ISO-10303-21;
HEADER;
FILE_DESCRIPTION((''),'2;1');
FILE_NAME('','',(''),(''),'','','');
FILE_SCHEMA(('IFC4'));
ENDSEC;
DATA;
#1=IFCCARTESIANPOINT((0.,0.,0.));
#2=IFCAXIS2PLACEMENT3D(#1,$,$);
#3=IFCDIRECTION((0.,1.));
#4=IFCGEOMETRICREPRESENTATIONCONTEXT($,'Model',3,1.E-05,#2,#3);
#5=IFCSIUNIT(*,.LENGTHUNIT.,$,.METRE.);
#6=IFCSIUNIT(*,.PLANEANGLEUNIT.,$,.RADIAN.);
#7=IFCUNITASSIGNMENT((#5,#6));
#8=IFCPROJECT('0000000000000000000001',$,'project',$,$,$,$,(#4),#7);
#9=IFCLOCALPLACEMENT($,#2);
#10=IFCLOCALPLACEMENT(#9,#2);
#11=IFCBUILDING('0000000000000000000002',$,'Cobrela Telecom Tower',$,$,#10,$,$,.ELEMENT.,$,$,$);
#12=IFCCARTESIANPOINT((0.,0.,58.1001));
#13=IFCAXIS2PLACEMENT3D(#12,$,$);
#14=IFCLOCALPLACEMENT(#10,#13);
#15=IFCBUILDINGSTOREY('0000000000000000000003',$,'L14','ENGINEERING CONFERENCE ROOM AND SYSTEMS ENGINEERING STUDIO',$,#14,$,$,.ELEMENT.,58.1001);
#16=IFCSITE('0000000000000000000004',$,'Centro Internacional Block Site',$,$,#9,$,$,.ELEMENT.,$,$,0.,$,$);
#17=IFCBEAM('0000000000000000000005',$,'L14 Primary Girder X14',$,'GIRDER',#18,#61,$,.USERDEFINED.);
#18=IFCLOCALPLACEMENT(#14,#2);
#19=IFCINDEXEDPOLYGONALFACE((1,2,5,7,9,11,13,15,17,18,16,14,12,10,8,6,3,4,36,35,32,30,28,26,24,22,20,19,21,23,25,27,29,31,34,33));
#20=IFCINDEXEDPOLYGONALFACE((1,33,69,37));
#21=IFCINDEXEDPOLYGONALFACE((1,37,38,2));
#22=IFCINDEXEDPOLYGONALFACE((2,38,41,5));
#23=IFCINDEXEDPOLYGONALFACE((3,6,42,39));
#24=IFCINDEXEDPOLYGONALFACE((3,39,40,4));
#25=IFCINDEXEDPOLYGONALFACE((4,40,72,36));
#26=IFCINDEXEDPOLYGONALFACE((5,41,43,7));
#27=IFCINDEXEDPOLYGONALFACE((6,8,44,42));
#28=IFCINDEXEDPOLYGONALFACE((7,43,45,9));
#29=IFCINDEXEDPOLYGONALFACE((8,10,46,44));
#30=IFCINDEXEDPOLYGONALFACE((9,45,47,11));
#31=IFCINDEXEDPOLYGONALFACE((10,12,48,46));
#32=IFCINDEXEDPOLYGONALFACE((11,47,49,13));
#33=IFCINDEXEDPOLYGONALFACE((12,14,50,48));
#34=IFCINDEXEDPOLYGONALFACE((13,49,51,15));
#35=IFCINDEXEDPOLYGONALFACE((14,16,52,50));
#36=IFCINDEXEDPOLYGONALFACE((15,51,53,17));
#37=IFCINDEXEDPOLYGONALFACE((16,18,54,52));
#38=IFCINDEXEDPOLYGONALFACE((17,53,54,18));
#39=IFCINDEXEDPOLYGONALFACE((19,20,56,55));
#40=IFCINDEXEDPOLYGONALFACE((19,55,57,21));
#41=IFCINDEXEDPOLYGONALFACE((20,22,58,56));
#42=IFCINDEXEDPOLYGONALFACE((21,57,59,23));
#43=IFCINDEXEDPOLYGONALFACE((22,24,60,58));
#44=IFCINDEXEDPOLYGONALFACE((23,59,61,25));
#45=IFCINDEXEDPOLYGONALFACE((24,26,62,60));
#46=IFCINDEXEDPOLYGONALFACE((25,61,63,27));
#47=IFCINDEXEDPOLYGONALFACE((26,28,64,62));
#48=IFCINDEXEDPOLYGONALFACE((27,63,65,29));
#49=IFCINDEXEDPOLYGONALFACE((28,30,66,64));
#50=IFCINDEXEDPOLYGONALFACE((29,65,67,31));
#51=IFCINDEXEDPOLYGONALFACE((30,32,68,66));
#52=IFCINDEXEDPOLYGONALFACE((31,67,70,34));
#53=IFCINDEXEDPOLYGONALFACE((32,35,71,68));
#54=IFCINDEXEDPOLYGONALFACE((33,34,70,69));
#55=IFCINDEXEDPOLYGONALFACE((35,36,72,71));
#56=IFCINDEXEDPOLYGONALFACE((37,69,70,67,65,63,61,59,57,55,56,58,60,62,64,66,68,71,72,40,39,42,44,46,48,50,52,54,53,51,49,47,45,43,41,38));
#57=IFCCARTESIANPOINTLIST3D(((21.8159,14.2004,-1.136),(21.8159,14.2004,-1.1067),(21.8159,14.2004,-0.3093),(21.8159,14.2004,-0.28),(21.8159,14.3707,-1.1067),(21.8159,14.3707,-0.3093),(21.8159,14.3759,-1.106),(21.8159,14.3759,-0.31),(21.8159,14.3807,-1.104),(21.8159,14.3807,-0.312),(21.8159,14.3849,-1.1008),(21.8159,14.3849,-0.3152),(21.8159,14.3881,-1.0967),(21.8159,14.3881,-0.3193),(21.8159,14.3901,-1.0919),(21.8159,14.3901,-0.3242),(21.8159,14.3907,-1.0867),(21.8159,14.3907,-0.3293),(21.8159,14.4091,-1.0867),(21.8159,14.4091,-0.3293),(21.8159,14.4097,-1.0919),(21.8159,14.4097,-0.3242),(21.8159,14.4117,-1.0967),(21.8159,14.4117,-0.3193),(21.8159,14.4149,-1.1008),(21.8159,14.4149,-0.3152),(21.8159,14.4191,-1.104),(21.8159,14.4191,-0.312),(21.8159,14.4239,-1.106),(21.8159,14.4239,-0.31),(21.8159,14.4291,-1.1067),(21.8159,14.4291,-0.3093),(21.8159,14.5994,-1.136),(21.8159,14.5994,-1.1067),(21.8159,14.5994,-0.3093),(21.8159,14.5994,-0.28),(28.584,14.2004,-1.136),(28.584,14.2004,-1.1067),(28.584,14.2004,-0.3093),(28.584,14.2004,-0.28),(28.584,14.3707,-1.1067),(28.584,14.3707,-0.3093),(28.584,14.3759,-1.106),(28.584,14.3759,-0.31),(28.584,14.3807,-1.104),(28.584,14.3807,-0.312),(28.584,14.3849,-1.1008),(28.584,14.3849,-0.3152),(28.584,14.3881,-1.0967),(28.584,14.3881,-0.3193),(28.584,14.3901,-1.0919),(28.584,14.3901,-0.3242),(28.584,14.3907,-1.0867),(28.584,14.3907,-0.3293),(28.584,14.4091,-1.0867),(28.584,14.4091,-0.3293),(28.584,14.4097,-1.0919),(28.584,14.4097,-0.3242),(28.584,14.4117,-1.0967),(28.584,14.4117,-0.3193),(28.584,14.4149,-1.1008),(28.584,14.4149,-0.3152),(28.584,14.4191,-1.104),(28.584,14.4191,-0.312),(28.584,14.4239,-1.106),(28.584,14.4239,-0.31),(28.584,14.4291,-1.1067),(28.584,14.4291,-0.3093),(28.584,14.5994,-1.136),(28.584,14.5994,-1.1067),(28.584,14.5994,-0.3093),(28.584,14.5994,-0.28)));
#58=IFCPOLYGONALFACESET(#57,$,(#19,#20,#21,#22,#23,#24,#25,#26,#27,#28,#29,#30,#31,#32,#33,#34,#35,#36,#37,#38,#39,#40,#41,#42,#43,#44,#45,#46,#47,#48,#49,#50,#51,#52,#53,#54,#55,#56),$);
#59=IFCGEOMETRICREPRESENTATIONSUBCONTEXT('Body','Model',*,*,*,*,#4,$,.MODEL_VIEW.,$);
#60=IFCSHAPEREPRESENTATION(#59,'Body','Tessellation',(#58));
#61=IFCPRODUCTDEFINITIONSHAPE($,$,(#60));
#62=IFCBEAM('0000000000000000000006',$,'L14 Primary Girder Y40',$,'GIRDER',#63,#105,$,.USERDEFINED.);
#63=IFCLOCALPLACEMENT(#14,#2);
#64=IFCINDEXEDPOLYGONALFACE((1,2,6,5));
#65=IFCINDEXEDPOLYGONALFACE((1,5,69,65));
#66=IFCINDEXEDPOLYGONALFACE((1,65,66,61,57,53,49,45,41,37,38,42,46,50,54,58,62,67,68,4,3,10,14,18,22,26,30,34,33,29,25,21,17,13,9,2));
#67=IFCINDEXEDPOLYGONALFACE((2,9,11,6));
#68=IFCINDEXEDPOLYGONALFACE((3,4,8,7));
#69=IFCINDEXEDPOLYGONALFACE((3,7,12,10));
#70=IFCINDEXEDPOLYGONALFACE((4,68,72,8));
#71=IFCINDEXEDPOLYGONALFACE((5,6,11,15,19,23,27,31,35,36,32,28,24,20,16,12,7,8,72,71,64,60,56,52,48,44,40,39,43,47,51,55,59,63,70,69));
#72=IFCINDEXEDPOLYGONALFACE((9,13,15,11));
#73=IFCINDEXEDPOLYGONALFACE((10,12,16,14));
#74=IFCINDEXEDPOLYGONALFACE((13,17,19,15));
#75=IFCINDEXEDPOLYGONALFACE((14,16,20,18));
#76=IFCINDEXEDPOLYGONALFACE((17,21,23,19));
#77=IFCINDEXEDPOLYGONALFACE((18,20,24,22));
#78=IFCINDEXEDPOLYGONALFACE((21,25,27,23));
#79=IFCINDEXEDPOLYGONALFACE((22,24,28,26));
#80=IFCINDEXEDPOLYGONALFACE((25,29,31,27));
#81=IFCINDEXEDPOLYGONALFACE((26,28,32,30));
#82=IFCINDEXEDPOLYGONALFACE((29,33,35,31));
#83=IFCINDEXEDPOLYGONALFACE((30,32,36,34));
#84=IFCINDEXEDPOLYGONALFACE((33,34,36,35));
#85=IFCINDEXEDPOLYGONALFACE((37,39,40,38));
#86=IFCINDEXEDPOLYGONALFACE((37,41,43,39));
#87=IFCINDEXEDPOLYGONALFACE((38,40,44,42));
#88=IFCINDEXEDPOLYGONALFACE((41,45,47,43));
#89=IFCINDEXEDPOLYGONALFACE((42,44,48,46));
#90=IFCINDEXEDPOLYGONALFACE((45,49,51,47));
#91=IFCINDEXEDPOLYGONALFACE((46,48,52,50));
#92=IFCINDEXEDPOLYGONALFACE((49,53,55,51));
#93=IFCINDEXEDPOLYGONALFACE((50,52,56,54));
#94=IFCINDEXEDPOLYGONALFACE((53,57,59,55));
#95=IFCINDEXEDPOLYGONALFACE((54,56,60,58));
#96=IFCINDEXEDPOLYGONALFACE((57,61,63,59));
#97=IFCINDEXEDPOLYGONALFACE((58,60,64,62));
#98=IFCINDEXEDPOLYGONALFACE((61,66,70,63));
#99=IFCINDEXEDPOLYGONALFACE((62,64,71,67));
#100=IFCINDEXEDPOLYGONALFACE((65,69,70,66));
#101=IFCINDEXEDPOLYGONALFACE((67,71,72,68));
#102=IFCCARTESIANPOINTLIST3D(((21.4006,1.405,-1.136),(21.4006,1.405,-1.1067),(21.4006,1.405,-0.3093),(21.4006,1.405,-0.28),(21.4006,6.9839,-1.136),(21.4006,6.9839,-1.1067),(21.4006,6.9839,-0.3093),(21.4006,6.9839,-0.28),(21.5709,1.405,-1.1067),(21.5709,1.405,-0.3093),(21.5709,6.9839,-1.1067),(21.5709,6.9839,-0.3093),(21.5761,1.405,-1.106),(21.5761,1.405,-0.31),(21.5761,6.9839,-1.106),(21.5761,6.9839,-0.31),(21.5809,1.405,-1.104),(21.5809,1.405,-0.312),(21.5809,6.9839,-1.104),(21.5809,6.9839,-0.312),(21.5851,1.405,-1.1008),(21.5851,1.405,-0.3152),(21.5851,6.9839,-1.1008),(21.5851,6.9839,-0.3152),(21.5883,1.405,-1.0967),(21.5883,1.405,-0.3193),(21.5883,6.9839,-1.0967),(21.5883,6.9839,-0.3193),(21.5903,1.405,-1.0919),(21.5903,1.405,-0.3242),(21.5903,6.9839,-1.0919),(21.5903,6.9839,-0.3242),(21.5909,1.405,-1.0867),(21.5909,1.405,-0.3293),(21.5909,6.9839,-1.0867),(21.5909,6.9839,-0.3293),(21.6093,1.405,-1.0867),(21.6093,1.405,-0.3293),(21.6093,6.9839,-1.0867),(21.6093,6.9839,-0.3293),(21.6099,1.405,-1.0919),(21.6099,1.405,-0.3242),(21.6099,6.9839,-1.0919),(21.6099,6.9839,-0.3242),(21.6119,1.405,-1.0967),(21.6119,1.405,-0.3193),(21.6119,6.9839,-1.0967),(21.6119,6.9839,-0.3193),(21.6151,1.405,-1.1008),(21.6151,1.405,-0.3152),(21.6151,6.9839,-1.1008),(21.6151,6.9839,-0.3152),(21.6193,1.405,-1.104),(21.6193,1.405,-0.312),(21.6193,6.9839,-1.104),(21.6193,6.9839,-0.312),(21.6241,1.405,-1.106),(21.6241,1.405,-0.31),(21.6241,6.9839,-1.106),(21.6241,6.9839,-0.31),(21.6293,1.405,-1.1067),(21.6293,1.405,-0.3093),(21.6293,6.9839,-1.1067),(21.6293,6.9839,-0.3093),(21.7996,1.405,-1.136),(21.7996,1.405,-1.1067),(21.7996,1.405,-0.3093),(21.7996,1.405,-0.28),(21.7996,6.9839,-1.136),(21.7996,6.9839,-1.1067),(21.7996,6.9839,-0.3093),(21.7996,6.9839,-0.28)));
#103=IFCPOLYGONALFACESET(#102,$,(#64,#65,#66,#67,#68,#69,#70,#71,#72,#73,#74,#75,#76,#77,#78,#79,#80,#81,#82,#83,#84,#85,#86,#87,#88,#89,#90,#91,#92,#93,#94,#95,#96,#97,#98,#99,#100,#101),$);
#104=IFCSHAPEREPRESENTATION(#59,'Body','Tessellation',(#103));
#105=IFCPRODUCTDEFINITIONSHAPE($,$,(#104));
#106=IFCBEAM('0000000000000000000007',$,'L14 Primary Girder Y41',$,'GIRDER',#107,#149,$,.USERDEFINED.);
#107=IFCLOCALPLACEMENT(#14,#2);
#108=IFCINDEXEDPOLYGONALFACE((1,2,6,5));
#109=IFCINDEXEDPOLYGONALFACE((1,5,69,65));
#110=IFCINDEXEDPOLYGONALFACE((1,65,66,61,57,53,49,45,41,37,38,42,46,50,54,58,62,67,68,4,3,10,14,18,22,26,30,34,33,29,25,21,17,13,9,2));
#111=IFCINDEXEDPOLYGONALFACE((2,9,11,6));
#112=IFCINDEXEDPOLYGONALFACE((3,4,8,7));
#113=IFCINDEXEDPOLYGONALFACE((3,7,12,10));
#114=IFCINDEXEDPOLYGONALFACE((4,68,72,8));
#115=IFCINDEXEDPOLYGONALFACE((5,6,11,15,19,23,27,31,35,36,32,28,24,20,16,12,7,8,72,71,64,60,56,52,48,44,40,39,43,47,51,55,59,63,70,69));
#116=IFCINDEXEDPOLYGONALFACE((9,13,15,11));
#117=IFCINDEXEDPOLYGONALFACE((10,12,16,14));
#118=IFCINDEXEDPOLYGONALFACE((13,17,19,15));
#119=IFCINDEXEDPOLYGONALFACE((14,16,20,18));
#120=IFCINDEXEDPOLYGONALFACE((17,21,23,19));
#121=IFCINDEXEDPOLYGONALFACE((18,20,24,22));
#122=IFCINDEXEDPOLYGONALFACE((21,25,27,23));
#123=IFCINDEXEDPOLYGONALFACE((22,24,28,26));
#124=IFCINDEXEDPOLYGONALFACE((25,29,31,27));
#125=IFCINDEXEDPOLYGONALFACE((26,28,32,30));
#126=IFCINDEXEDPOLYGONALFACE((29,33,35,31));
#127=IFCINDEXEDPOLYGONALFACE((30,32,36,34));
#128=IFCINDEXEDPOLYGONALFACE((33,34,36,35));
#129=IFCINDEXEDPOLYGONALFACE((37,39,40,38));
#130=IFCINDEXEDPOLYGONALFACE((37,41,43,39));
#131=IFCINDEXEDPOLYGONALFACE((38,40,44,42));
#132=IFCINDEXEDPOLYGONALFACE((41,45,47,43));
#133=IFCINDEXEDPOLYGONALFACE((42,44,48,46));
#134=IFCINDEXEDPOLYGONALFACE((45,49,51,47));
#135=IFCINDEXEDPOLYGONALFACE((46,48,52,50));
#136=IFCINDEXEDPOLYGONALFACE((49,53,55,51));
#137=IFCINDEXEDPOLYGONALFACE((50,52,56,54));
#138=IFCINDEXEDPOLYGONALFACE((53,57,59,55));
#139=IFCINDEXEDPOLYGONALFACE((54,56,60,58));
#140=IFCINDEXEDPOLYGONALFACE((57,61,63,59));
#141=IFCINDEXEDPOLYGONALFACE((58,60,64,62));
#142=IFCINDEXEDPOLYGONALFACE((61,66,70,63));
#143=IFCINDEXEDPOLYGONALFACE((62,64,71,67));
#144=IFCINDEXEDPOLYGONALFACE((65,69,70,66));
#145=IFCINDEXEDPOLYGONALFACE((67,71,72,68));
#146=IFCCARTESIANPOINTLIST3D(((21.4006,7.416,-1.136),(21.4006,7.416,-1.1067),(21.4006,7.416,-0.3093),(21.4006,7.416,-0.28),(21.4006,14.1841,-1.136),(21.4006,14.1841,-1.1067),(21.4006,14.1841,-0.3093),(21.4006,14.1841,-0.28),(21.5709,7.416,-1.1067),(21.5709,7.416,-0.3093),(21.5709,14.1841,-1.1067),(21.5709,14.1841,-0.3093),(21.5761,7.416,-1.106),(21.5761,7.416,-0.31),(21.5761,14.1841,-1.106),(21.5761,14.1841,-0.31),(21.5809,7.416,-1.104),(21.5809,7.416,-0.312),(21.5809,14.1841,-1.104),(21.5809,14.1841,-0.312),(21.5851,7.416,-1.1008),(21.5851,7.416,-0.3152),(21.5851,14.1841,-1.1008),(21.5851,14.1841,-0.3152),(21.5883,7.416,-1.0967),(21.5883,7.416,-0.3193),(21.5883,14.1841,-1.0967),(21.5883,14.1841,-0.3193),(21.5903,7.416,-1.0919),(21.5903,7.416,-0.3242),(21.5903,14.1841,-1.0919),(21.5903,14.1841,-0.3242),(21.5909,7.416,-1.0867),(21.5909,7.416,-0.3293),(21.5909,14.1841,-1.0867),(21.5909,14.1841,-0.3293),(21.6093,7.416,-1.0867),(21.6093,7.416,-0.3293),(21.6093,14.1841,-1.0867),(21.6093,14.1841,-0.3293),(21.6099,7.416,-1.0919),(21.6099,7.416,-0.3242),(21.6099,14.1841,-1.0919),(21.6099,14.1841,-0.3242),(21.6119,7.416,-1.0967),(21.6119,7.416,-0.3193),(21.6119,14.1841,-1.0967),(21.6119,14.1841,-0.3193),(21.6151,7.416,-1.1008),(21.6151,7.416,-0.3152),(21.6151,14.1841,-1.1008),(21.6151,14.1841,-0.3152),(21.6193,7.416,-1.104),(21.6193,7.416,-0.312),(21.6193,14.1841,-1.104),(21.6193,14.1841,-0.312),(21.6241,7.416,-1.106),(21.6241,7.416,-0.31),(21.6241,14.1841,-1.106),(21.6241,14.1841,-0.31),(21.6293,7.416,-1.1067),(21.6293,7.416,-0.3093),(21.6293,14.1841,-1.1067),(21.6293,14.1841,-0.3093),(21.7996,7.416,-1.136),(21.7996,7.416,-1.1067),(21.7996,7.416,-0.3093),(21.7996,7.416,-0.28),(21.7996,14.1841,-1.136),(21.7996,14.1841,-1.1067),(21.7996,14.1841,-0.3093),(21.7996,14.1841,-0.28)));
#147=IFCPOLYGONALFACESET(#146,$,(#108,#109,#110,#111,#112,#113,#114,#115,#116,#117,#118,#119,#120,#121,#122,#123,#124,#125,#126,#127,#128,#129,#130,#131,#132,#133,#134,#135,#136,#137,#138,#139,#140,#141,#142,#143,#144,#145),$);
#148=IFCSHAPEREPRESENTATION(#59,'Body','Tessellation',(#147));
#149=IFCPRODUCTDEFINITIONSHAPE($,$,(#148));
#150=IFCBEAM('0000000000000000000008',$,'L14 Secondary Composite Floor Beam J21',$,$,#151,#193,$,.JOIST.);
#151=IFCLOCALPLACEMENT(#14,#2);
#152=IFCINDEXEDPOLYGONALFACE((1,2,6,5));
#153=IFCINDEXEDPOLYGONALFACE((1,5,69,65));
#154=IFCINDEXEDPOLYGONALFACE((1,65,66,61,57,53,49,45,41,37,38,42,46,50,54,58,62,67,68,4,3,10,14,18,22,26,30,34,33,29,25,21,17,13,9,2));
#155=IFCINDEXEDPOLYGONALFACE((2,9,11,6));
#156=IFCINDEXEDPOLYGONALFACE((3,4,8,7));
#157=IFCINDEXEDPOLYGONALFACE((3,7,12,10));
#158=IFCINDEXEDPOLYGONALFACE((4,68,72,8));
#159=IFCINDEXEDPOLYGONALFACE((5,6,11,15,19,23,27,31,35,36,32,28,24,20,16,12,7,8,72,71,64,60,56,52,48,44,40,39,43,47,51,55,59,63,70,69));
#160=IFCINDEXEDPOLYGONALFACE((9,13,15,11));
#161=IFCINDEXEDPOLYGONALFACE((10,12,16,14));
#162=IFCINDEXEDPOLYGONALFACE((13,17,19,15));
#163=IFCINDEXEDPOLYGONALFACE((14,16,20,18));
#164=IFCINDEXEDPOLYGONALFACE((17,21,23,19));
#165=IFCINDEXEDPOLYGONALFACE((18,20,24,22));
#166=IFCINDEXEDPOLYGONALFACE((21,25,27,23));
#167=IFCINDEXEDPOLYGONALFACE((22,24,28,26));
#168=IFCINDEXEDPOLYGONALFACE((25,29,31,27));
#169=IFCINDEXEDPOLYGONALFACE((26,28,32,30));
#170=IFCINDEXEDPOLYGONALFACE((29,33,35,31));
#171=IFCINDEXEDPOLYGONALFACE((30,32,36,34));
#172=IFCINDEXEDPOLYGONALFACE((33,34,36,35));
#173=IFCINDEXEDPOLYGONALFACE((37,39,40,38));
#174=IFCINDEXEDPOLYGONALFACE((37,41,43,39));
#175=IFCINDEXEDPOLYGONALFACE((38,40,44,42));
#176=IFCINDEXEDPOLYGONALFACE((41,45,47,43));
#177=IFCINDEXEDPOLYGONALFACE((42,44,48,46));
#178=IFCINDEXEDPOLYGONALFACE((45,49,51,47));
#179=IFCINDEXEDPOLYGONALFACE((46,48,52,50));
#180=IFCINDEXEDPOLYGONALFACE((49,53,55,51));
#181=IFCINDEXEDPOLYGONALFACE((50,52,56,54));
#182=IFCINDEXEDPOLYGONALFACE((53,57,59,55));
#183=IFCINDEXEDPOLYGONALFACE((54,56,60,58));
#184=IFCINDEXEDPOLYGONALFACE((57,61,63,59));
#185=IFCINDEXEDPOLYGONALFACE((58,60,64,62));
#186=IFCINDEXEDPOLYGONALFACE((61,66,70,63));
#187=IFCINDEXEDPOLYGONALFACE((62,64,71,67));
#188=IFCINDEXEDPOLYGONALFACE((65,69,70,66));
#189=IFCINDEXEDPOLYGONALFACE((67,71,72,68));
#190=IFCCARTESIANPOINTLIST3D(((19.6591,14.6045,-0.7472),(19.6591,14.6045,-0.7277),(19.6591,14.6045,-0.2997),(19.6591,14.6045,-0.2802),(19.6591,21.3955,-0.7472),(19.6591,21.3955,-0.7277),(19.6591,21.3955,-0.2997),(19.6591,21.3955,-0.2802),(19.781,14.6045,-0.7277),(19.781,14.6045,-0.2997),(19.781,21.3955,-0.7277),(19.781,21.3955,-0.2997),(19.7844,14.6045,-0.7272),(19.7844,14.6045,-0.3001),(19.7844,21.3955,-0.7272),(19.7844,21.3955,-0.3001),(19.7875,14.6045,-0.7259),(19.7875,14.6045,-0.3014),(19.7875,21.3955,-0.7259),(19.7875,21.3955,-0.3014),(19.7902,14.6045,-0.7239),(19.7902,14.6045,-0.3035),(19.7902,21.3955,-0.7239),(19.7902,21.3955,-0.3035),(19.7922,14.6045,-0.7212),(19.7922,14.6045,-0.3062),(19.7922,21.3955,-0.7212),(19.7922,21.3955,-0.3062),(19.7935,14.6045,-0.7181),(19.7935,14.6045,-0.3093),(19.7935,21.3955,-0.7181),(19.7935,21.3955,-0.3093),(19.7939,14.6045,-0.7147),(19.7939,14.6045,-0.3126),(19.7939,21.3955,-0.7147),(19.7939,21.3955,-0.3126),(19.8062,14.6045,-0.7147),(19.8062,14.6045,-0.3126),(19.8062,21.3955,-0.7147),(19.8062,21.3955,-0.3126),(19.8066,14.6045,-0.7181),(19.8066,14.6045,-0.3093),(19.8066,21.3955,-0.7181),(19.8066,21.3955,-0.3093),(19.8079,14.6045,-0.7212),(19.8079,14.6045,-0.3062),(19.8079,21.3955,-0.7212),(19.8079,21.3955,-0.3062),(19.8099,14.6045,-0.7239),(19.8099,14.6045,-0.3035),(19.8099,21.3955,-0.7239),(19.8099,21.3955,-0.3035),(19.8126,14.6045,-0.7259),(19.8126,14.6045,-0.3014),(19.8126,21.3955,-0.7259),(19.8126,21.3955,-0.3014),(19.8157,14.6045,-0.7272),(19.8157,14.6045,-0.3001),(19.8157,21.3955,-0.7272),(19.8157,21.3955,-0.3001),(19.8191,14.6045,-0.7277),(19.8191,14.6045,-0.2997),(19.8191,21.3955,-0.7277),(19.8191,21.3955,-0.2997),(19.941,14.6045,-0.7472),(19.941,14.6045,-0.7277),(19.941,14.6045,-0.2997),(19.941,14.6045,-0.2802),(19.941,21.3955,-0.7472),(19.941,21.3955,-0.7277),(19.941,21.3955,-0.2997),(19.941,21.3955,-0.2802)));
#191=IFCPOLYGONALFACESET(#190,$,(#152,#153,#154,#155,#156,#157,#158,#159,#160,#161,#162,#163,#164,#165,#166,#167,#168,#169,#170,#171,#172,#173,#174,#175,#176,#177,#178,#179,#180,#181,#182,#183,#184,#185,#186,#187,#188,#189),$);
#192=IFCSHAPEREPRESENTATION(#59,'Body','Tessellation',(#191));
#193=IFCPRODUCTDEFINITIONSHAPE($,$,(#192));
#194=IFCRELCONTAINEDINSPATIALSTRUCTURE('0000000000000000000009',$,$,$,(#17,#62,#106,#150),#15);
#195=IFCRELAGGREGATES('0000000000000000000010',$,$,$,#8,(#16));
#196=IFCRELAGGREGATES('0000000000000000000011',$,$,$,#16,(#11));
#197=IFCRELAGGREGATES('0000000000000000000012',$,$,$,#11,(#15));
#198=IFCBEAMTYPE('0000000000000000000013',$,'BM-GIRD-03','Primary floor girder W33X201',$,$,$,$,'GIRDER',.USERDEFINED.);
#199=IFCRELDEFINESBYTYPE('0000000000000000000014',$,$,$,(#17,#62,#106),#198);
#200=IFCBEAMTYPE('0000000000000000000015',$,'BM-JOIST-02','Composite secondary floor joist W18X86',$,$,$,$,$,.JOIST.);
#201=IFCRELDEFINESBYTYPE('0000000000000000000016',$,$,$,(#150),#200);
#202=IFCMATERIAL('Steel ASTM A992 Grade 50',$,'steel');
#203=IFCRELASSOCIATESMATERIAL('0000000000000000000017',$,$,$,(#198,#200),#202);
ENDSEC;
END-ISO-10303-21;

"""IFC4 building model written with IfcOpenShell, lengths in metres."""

from ifc_helpers import new_model, si_unit, direction, frame, origin, origin_2d, place, context, subcontext, project, spatial, i_section, extrude, material, material_profile, profile_set, type_object, element, save


model = new_model("IFC4")

# Units and contexts
model_context = context("Model", 3, precision=1e-05, world=origin(), true_north=direction((0.0, 1.0)))
body_context = subcontext(model_context, "Body", "Model", "MODEL_VIEW")
ifc_project = project(units=[si_unit("LENGTHUNIT", "METRE"), si_unit("PLANEANGLEUNIT", "RADIAN")], contexts=[model_context])

# Site, building, storey
site_placement = place(None, origin())
site = spatial("IfcSite", under=ifc_project, at=site_placement, Name="Centro Internacional Block Site", CompositionType="ELEMENT", RefElevation=0.0)
building_placement = place(site_placement, origin())
building = spatial("IfcBuilding", under=site, at=building_placement, Name="Cobrela Telecom Tower", CompositionType="ELEMENT")
storey_placement = place(building_placement, frame((0.0, 0.0, 58.1001)))
storey = spatial("IfcBuildingStorey", under=building, at=storey_placement, Name="L14", Description="ENGINEERING CONFERENCE ROOM AND SYSTEMS ENGINEERING STUDIO", CompositionType="ELEMENT", Elevation=58.1001)

# Shared definitions
ifc_material_1 = material(Name="Steel ASTM A992 Grade 50", Category="steel")

# Beams
ifc_material_profile_1 = material_profile(ifc_material_1, i_section(OverallWidth=0.3989, OverallDepth=0.856, WebThickness=0.0183, FlangeThickness=0.0293, FilletRadius=0.02, at=origin_2d()), Name="W33X201")
ifc_profile_set_1 = profile_set([ifc_material_profile_1], Name="Steel ASTM A992 Grade 50")
beam_type_1 = type_object("IfcBeamType", Name="BM-GIRD-03", Description="Primary floor girder W33X201", ElementType="GIRDER", PredefinedType="USERDEFINED", material=ifc_profile_set_1)
for number, where, z_axis, x_axis, name in (
    (1, (21.8159, 14.3999, -0.708), (1.0, 0.0, 0.0), (0.0, 1.0, 0.0), "L14 Primary Girder X14"),
):
    element("IfcBeam", number, at=place(storey_placement, frame(where, z_axis=z_axis, x_axis=x_axis)), inside=storey, type_object=beam_type_1, Name=name, ObjectType="GIRDER", PredefinedType="USERDEFINED", context=body_context, shape_type="SweptSolid", body=[
        extrude(i_section(OverallWidth=0.3989, OverallDepth=0.856, WebThickness=0.0183, FlangeThickness=0.0293, FilletRadius=0.02, at=origin_2d()), origin(), (0.0, 0.0, 1.0), 6.7681),
    ])
beam_1_placement = place(storey_placement, frame((21.6001, 1.405, -0.708), z_axis=(0.0, 1.0, 0.0), x_axis=(-1.0, 0.0, 0.0)))
element("IfcBeam", 2, at=beam_1_placement, inside=storey, type_object=beam_type_1, Name="L14 Primary Girder Y40", ObjectType="GIRDER", PredefinedType="USERDEFINED", context=body_context, shape_type="SweptSolid", body=[
    extrude(i_section(OverallWidth=0.3989, OverallDepth=0.856, WebThickness=0.0183, FlangeThickness=0.0293, FilletRadius=0.02, at=origin_2d()), origin(), (0.0, 0.0, 1.0), 5.5789),
])
beam_2_placement = place(storey_placement, frame((21.6001, 7.416, -0.708), z_axis=(0.0, 1.0, 0.0), x_axis=(-1.0, 0.0, 0.0)))
element("IfcBeam", 3, at=beam_2_placement, inside=storey, type_object=beam_type_1, Name="L14 Primary Girder Y41", ObjectType="GIRDER", PredefinedType="USERDEFINED", context=body_context, shape_type="SweptSolid", body=[
    extrude(i_section(OverallWidth=0.3989, OverallDepth=0.856, WebThickness=0.0183, FlangeThickness=0.0293, FilletRadius=0.02, at=origin_2d()), origin(), (0.0, 0.0, 1.0), 6.7681),
])
ifc_material_profile_2 = material_profile(ifc_material_1, i_section(OverallWidth=0.282, OverallDepth=0.467, WebThickness=0.0122, FlangeThickness=0.0195, FilletRadius=0.0129, at=origin_2d()), Name="W18X86")
ifc_profile_set_2 = profile_set([ifc_material_profile_2], Name="Steel ASTM A992 Grade 50")
beam_type_2 = type_object("IfcBeamType", Name="BM-JOIST-02", Description="Composite secondary floor joist W18X86", PredefinedType="JOIST", material=ifc_profile_set_2)
beam_3_placement = place(storey_placement, frame((19.8, 14.6045, -0.5137), z_axis=(0.0, 1.0, 0.0), x_axis=(-1.0, 0.0, 0.0)))
element("IfcBeam", 4, at=beam_3_placement, inside=storey, type_object=beam_type_2, Name="L14 Secondary Composite Floor Beam J21", PredefinedType="JOIST", context=body_context, shape_type="SweptSolid", body=[
    extrude(i_section(OverallWidth=0.282, OverallDepth=0.467, WebThickness=0.0122, FlangeThickness=0.0195, FilletRadius=0.0129, at=origin_2d()), origin(), (0.0, 0.0, 1.0), 6.791),
])

save(model, "model.ifc")
